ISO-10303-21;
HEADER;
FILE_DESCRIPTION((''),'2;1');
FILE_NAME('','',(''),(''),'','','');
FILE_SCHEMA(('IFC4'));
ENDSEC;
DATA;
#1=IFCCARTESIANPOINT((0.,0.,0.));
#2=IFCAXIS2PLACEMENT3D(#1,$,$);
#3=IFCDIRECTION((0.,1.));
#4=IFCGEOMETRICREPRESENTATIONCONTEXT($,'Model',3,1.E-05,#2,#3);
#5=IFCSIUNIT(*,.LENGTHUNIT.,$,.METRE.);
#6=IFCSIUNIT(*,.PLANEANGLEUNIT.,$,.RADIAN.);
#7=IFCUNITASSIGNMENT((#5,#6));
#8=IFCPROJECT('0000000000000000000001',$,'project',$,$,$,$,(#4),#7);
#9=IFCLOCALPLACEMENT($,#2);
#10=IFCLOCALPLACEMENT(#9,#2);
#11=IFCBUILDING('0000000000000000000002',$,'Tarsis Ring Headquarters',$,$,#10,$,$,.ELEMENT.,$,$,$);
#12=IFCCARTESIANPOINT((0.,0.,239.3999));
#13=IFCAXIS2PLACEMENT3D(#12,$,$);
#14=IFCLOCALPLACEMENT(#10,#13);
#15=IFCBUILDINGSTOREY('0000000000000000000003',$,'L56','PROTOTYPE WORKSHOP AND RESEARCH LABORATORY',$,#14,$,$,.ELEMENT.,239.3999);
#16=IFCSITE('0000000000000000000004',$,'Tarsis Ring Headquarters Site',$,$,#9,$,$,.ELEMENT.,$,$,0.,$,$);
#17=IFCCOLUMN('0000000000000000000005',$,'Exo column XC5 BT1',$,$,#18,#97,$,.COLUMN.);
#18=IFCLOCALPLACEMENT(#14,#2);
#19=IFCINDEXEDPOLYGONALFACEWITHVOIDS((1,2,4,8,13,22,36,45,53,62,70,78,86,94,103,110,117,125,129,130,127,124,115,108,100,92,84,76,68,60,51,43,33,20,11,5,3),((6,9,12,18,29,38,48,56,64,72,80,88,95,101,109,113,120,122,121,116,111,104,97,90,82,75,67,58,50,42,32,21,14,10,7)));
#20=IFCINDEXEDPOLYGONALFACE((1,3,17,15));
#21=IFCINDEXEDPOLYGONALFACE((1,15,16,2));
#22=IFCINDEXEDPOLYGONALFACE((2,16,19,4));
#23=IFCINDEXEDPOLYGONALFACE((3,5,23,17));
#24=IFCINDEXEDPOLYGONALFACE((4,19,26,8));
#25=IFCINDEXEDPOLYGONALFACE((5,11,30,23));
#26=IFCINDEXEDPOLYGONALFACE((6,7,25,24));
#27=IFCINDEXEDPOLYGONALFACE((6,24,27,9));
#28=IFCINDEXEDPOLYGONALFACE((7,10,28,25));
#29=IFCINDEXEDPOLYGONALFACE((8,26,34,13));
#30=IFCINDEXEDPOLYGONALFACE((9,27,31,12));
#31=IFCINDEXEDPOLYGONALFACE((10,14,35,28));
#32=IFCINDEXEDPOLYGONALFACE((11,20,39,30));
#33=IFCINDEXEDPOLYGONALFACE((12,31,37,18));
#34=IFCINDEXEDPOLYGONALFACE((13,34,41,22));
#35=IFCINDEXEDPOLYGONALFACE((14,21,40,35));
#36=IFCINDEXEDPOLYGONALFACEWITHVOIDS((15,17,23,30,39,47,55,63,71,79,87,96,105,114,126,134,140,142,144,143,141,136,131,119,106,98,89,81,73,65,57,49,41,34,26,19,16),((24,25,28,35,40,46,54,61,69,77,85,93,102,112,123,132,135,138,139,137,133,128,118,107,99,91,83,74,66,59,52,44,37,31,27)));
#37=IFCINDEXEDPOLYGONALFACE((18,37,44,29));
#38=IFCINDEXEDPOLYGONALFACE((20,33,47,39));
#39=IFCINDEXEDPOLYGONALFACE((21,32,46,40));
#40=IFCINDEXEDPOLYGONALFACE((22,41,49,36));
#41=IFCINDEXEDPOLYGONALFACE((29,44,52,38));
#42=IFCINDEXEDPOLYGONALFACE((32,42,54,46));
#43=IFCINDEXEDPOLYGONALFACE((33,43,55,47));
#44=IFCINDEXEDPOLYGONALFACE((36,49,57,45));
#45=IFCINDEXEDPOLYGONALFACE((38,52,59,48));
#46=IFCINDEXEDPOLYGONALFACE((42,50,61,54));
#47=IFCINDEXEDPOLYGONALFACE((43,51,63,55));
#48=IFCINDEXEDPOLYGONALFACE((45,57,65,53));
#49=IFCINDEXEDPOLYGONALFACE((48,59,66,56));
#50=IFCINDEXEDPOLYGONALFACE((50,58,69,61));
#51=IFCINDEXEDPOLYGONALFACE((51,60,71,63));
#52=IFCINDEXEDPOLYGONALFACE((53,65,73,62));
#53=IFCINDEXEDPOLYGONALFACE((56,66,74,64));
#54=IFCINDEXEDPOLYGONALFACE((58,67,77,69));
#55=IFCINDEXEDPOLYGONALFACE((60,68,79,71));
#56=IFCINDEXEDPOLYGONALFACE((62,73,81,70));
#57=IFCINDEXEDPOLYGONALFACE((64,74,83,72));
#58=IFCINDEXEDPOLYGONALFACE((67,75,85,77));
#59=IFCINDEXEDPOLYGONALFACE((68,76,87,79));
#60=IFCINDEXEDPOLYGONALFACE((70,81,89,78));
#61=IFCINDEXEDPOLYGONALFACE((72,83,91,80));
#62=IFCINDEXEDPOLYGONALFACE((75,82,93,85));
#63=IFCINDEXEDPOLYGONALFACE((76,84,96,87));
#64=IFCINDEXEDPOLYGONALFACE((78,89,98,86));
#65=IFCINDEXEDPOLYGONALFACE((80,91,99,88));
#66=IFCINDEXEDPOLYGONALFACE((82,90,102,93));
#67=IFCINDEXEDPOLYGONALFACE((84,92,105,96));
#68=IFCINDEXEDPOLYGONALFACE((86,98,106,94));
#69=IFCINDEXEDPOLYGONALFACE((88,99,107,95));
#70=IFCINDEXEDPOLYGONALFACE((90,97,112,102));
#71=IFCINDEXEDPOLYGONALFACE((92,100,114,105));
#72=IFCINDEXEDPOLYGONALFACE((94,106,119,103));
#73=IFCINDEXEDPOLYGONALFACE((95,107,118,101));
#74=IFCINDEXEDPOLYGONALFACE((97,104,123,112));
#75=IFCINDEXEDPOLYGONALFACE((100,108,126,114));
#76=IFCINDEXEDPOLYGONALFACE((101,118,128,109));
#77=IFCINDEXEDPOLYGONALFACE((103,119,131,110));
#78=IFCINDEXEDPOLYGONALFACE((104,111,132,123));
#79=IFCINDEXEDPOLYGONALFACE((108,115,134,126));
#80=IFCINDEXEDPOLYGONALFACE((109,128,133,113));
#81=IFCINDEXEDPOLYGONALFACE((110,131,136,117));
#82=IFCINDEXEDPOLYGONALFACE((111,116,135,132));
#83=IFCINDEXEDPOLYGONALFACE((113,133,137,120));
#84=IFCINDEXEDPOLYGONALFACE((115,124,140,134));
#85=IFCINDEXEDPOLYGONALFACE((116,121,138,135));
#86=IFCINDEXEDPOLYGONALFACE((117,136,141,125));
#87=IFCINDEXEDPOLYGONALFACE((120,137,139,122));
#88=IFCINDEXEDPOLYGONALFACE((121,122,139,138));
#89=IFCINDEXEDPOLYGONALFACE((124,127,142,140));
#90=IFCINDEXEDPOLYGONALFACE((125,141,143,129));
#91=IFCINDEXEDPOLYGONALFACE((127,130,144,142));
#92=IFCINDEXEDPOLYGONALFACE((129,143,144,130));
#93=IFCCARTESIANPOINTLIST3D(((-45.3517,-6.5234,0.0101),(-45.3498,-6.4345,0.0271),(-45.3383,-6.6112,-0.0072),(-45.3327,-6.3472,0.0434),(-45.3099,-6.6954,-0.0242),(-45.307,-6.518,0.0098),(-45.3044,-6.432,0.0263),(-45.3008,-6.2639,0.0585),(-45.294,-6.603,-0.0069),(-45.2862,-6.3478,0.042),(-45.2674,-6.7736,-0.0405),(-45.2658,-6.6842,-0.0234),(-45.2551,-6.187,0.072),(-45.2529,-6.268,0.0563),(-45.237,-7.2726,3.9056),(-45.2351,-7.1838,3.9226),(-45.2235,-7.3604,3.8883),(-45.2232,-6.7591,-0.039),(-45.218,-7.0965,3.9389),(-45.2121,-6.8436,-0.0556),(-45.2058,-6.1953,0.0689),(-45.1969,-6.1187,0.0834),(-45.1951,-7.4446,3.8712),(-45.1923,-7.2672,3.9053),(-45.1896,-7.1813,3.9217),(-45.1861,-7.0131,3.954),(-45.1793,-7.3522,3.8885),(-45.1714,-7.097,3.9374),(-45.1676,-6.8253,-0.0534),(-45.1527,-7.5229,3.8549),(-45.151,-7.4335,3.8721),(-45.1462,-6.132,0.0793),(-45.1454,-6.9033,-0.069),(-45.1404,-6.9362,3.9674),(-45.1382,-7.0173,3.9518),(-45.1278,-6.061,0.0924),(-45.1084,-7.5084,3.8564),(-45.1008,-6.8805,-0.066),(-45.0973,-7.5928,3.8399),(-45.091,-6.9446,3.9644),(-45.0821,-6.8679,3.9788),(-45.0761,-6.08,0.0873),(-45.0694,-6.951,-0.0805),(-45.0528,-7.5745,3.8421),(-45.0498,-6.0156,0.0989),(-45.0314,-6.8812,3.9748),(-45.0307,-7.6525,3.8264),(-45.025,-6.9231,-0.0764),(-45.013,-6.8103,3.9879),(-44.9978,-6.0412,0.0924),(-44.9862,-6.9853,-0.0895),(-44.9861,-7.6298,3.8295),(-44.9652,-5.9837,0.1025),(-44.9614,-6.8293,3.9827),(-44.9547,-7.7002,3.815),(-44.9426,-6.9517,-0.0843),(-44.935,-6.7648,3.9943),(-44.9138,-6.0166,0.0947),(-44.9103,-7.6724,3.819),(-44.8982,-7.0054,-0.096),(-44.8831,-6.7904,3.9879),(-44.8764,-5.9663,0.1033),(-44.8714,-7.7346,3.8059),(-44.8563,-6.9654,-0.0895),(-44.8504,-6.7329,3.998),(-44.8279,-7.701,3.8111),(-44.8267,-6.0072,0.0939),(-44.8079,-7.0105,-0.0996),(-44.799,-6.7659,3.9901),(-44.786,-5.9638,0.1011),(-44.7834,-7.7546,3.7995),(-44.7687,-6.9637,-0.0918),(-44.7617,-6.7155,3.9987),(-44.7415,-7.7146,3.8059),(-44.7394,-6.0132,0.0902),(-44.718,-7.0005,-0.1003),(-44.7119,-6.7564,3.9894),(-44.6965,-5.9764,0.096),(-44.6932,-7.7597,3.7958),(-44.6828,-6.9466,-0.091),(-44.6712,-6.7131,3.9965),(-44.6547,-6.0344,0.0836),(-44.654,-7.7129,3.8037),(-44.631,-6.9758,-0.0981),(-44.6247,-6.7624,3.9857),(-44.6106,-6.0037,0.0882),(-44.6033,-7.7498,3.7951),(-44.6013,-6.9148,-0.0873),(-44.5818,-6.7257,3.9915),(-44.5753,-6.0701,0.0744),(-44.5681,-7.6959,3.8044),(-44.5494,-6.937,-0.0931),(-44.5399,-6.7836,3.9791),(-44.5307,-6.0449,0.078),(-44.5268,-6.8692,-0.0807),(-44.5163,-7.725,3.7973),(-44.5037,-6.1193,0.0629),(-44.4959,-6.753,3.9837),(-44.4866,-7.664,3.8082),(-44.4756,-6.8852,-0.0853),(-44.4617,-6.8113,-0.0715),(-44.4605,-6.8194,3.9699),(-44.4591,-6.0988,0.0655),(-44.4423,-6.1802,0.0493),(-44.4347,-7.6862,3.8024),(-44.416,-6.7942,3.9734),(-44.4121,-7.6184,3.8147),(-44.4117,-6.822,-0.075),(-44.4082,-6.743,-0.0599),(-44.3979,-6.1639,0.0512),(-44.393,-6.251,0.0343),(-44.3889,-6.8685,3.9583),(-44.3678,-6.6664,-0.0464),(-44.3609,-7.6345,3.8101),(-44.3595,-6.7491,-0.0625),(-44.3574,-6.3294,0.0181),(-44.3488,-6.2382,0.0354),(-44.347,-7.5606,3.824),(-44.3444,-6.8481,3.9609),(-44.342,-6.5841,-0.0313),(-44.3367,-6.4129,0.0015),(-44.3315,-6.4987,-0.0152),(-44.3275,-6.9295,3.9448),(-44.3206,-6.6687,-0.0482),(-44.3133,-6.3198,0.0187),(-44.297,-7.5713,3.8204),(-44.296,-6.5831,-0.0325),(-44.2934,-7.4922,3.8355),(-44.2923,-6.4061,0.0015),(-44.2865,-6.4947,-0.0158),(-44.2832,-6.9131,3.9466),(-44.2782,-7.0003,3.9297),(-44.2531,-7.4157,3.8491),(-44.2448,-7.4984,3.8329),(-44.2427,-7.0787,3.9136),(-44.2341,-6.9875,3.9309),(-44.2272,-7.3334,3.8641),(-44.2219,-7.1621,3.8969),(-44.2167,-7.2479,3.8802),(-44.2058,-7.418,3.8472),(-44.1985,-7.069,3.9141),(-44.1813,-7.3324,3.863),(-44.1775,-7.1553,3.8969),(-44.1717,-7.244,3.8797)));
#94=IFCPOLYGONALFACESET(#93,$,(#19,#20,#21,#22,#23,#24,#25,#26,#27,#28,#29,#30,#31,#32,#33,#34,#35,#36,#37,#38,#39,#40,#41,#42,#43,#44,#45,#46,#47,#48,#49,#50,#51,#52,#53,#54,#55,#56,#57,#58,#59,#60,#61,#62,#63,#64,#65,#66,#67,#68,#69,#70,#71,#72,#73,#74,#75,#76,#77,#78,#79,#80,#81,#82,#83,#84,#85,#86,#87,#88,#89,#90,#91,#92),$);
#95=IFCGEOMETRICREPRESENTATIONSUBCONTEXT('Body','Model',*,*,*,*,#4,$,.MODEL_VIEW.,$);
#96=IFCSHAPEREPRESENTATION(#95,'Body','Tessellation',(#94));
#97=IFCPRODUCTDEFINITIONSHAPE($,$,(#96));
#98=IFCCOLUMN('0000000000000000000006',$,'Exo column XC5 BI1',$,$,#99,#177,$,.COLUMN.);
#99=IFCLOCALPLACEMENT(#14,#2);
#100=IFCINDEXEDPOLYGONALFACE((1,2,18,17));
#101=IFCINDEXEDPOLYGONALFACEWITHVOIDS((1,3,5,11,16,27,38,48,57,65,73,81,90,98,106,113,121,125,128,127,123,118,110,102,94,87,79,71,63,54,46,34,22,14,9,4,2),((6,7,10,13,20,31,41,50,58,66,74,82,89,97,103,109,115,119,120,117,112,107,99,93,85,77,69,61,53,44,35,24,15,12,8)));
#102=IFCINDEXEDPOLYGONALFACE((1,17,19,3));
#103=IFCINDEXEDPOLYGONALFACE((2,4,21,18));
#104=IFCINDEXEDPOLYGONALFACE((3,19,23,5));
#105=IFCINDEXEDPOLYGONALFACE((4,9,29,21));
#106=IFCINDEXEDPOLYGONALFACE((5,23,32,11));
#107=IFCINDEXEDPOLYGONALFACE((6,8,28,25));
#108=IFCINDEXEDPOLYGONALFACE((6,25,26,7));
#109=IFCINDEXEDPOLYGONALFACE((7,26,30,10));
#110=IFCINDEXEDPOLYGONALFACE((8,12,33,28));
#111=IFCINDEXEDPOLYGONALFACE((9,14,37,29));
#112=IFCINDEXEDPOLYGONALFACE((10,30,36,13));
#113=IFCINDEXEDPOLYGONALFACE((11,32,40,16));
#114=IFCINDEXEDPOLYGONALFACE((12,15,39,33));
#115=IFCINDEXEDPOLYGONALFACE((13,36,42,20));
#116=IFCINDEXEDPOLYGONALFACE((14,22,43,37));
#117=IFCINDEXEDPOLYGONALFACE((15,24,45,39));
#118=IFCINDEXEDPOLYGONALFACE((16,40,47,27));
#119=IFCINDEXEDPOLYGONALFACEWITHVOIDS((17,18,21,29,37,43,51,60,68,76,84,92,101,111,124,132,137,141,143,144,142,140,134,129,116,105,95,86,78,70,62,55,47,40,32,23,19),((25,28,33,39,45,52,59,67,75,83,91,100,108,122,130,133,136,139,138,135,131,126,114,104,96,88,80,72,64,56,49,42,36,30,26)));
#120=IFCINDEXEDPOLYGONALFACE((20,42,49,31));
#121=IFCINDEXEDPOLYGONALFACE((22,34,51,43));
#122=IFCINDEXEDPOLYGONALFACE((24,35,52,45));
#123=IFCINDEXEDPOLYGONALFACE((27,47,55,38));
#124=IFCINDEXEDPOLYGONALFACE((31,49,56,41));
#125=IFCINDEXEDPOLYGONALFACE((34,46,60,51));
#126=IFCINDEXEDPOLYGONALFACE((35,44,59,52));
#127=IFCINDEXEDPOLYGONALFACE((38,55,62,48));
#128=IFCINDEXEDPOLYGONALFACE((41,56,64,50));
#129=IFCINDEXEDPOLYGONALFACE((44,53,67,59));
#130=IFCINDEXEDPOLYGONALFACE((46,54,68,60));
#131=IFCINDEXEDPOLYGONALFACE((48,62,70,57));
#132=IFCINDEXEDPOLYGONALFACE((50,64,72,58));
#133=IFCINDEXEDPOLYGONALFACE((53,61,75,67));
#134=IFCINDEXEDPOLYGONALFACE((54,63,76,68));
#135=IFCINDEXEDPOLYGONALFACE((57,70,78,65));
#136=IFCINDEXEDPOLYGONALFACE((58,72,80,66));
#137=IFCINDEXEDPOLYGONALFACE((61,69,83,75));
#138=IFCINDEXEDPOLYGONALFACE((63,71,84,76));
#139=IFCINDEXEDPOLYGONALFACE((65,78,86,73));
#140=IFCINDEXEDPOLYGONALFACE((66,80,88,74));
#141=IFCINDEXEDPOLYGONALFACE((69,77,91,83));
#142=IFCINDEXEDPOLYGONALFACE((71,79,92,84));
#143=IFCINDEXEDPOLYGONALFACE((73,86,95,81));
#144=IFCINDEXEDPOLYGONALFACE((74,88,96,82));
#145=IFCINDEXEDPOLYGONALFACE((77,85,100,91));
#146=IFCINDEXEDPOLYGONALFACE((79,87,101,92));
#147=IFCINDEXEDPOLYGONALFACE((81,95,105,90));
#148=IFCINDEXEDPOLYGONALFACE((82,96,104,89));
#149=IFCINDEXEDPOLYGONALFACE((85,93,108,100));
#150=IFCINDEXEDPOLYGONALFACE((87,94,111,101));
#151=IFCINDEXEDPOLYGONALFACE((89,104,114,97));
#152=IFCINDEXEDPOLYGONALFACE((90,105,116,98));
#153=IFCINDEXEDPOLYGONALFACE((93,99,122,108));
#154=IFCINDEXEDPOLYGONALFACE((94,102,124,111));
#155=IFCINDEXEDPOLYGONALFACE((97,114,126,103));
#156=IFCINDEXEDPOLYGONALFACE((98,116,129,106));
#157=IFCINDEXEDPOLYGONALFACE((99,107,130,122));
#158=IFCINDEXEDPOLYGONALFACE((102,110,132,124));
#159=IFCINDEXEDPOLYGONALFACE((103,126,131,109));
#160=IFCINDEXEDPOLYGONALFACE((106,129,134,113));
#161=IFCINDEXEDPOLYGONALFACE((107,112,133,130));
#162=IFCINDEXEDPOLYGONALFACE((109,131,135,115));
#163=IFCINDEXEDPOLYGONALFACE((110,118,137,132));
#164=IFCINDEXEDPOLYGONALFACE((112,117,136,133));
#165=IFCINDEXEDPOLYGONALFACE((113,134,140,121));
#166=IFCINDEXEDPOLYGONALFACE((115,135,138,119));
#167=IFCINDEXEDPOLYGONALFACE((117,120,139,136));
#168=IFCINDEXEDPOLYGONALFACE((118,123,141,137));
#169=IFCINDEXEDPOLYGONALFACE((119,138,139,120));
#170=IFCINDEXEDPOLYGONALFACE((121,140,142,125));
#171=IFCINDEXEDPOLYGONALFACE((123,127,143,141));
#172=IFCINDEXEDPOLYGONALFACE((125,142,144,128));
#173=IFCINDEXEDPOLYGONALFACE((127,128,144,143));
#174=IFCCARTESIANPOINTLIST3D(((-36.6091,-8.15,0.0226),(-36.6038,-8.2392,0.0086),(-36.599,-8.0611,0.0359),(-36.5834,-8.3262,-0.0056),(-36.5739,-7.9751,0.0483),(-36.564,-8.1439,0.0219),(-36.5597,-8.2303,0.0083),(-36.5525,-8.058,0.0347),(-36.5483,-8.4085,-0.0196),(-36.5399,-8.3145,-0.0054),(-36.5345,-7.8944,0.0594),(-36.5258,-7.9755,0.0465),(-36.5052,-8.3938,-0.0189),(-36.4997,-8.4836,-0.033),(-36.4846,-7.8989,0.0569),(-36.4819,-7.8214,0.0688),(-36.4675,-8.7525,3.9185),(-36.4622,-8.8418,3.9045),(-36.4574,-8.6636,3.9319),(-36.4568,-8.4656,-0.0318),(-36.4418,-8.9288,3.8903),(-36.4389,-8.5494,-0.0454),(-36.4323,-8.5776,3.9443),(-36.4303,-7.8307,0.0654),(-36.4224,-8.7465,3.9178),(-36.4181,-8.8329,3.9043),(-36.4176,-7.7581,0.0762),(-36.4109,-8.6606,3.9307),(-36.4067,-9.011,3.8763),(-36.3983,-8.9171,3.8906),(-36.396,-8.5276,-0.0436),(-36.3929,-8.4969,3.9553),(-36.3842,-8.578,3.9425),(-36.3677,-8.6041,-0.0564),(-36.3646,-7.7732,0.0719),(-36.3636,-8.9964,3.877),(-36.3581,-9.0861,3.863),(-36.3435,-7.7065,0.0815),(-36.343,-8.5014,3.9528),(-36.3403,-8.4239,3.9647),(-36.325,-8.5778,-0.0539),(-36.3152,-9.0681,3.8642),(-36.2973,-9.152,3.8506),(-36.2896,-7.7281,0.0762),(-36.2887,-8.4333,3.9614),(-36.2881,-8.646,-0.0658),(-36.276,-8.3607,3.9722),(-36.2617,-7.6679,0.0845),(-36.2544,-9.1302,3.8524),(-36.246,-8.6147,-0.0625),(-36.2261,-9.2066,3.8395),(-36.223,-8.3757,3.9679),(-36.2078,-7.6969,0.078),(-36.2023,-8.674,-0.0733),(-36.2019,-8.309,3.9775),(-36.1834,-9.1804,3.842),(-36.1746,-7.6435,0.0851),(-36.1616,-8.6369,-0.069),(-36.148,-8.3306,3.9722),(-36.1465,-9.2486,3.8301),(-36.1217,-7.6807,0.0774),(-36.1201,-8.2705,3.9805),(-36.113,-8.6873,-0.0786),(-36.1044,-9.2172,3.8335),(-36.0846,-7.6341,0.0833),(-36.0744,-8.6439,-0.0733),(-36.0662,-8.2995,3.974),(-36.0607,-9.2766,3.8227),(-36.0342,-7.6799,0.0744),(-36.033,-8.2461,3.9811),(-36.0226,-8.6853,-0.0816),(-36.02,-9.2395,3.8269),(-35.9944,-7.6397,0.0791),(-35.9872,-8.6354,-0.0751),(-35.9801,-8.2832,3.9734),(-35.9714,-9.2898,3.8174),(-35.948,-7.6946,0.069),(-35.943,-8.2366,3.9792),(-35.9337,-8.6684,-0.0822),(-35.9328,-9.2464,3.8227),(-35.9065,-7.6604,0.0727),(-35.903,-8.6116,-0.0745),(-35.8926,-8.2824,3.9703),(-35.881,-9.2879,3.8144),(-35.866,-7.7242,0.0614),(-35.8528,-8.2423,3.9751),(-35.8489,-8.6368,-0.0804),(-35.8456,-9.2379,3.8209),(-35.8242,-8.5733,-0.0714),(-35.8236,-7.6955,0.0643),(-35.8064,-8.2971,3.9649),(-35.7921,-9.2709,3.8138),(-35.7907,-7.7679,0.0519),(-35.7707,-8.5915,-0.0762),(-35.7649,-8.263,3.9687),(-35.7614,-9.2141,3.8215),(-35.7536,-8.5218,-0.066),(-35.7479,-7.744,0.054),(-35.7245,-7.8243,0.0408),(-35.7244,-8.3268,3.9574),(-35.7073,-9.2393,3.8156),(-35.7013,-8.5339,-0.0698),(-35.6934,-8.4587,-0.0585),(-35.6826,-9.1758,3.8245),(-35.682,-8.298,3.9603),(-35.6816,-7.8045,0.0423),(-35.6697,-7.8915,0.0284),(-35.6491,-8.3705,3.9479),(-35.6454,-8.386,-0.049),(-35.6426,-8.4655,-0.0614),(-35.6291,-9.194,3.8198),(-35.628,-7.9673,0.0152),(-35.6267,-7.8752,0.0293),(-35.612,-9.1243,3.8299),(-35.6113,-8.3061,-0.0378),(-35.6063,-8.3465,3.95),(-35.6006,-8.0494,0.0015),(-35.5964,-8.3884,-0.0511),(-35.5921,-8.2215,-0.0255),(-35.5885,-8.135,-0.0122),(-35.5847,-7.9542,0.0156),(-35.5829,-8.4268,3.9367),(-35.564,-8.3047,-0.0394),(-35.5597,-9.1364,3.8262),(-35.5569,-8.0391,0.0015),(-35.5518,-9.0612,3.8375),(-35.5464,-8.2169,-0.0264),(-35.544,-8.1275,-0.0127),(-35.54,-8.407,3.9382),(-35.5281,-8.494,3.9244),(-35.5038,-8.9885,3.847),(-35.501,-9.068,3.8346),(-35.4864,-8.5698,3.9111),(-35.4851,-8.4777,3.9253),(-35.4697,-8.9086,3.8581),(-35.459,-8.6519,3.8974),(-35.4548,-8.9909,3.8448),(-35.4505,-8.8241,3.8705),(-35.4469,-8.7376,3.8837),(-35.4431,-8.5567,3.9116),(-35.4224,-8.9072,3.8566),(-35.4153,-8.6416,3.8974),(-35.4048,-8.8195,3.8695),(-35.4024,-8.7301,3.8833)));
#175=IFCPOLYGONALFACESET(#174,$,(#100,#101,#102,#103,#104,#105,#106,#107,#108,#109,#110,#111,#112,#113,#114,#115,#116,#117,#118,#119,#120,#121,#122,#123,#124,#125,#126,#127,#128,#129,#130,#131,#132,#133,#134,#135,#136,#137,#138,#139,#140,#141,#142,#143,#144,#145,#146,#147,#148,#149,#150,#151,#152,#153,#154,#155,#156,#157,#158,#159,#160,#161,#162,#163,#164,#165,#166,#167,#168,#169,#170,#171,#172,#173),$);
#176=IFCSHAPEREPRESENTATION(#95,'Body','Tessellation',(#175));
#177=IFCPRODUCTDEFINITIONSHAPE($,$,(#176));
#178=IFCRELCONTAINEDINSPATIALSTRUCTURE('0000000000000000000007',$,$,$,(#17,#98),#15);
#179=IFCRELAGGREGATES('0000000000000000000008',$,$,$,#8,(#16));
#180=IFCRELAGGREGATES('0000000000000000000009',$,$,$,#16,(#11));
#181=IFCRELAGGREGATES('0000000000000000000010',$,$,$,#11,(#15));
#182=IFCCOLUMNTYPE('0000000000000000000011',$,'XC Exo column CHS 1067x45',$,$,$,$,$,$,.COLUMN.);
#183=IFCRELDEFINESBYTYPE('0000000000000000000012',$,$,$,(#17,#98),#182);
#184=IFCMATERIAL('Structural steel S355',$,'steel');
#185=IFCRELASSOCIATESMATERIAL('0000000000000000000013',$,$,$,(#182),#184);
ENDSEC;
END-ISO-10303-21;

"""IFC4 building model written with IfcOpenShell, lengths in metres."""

from ifc_helpers import new_model, si_unit, direction, frame, origin, origin_2d, place, context, subcontext, project, spatial, hollow_circle, extrude, material, material_profile, profile_set, type_object, element, save


model = new_model("IFC4")

# Units and contexts
model_context = context("Model", 3, precision=1e-05, world=origin(), true_north=direction((0.0, 1.0)))
body_context = subcontext(model_context, "Body", "Model", "MODEL_VIEW")
ifc_project = project(units=[si_unit("LENGTHUNIT", "METRE"), si_unit("PLANEANGLEUNIT", "RADIAN")], contexts=[model_context])

# Site, building, storey
site_placement = place(None, origin())
site = spatial("IfcSite", under=ifc_project, at=site_placement, Name="Tarsis Ring Headquarters Site", CompositionType="ELEMENT", RefElevation=0.0)
building_placement = place(site_placement, origin())
building = spatial("IfcBuilding", under=site, at=building_placement, Name="Tarsis Ring Headquarters", CompositionType="ELEMENT")
storey_placement = place(building_placement, frame((0.0, 0.0, 239.3999)))
storey = spatial("IfcBuildingStorey", under=building, at=storey_placement, Name="L56", Description="PROTOTYPE WORKSHOP AND RESEARCH LABORATORY", CompositionType="ELEMENT", Elevation=239.3999)

# Columns
ifc_material_1 = material(Name="Structural steel S355", Category="steel")
ifc_material_profile_1 = material_profile(ifc_material_1, hollow_circle(Radius=0.5334, WallThickness=0.0449, at=origin_2d()), Name="CHS 1067x45")
ifc_profile_set_1 = profile_set([ifc_material_profile_1], Name="Structural steel S355")
column_type = type_object("IfcColumnType", Name="XC Exo column CHS 1067x45", PredefinedType="COLUMN", material=ifc_profile_set_1)
column_1_placement = place(storey_placement, frame((-44.8196, -6.4868, 0.0015), z_axis=(0.028914, -0.1888, 0.98159), x_axis=(0.988476, 0.151379, 0.0)))
element("IfcColumn", 1, at=column_1_placement, inside=storey, type_object=column_type, Name="Exo column XC5 BT1", PredefinedType="COLUMN", context=body_context, shape_type="SweptSolid", body=[
    extrude(hollow_circle(Radius=0.5334, WallThickness=0.0449, at=origin_2d()), origin(), (0.0, 0.0, 1.0), 3.9685),
])
column_2_placement = place(storey_placement, frame((-36.0762, -8.1611, 0.0015), z_axis=(0.035895, -0.15274, 0.987614), x_axis=(0.973479, 0.228776, 0.0)))
element("IfcColumn", 2, at=column_2_placement, inside=storey, type_object=column_type, Name="Exo column XC5 BI1", PredefinedType="COLUMN", context=body_context, shape_type="SweptSolid", body=[
    extrude(hollow_circle(Radius=0.5334, WallThickness=0.0449, at=origin_2d()), origin(), (0.0, 0.0, 1.0), 3.9448),
])

save(model, "model.ifc")
